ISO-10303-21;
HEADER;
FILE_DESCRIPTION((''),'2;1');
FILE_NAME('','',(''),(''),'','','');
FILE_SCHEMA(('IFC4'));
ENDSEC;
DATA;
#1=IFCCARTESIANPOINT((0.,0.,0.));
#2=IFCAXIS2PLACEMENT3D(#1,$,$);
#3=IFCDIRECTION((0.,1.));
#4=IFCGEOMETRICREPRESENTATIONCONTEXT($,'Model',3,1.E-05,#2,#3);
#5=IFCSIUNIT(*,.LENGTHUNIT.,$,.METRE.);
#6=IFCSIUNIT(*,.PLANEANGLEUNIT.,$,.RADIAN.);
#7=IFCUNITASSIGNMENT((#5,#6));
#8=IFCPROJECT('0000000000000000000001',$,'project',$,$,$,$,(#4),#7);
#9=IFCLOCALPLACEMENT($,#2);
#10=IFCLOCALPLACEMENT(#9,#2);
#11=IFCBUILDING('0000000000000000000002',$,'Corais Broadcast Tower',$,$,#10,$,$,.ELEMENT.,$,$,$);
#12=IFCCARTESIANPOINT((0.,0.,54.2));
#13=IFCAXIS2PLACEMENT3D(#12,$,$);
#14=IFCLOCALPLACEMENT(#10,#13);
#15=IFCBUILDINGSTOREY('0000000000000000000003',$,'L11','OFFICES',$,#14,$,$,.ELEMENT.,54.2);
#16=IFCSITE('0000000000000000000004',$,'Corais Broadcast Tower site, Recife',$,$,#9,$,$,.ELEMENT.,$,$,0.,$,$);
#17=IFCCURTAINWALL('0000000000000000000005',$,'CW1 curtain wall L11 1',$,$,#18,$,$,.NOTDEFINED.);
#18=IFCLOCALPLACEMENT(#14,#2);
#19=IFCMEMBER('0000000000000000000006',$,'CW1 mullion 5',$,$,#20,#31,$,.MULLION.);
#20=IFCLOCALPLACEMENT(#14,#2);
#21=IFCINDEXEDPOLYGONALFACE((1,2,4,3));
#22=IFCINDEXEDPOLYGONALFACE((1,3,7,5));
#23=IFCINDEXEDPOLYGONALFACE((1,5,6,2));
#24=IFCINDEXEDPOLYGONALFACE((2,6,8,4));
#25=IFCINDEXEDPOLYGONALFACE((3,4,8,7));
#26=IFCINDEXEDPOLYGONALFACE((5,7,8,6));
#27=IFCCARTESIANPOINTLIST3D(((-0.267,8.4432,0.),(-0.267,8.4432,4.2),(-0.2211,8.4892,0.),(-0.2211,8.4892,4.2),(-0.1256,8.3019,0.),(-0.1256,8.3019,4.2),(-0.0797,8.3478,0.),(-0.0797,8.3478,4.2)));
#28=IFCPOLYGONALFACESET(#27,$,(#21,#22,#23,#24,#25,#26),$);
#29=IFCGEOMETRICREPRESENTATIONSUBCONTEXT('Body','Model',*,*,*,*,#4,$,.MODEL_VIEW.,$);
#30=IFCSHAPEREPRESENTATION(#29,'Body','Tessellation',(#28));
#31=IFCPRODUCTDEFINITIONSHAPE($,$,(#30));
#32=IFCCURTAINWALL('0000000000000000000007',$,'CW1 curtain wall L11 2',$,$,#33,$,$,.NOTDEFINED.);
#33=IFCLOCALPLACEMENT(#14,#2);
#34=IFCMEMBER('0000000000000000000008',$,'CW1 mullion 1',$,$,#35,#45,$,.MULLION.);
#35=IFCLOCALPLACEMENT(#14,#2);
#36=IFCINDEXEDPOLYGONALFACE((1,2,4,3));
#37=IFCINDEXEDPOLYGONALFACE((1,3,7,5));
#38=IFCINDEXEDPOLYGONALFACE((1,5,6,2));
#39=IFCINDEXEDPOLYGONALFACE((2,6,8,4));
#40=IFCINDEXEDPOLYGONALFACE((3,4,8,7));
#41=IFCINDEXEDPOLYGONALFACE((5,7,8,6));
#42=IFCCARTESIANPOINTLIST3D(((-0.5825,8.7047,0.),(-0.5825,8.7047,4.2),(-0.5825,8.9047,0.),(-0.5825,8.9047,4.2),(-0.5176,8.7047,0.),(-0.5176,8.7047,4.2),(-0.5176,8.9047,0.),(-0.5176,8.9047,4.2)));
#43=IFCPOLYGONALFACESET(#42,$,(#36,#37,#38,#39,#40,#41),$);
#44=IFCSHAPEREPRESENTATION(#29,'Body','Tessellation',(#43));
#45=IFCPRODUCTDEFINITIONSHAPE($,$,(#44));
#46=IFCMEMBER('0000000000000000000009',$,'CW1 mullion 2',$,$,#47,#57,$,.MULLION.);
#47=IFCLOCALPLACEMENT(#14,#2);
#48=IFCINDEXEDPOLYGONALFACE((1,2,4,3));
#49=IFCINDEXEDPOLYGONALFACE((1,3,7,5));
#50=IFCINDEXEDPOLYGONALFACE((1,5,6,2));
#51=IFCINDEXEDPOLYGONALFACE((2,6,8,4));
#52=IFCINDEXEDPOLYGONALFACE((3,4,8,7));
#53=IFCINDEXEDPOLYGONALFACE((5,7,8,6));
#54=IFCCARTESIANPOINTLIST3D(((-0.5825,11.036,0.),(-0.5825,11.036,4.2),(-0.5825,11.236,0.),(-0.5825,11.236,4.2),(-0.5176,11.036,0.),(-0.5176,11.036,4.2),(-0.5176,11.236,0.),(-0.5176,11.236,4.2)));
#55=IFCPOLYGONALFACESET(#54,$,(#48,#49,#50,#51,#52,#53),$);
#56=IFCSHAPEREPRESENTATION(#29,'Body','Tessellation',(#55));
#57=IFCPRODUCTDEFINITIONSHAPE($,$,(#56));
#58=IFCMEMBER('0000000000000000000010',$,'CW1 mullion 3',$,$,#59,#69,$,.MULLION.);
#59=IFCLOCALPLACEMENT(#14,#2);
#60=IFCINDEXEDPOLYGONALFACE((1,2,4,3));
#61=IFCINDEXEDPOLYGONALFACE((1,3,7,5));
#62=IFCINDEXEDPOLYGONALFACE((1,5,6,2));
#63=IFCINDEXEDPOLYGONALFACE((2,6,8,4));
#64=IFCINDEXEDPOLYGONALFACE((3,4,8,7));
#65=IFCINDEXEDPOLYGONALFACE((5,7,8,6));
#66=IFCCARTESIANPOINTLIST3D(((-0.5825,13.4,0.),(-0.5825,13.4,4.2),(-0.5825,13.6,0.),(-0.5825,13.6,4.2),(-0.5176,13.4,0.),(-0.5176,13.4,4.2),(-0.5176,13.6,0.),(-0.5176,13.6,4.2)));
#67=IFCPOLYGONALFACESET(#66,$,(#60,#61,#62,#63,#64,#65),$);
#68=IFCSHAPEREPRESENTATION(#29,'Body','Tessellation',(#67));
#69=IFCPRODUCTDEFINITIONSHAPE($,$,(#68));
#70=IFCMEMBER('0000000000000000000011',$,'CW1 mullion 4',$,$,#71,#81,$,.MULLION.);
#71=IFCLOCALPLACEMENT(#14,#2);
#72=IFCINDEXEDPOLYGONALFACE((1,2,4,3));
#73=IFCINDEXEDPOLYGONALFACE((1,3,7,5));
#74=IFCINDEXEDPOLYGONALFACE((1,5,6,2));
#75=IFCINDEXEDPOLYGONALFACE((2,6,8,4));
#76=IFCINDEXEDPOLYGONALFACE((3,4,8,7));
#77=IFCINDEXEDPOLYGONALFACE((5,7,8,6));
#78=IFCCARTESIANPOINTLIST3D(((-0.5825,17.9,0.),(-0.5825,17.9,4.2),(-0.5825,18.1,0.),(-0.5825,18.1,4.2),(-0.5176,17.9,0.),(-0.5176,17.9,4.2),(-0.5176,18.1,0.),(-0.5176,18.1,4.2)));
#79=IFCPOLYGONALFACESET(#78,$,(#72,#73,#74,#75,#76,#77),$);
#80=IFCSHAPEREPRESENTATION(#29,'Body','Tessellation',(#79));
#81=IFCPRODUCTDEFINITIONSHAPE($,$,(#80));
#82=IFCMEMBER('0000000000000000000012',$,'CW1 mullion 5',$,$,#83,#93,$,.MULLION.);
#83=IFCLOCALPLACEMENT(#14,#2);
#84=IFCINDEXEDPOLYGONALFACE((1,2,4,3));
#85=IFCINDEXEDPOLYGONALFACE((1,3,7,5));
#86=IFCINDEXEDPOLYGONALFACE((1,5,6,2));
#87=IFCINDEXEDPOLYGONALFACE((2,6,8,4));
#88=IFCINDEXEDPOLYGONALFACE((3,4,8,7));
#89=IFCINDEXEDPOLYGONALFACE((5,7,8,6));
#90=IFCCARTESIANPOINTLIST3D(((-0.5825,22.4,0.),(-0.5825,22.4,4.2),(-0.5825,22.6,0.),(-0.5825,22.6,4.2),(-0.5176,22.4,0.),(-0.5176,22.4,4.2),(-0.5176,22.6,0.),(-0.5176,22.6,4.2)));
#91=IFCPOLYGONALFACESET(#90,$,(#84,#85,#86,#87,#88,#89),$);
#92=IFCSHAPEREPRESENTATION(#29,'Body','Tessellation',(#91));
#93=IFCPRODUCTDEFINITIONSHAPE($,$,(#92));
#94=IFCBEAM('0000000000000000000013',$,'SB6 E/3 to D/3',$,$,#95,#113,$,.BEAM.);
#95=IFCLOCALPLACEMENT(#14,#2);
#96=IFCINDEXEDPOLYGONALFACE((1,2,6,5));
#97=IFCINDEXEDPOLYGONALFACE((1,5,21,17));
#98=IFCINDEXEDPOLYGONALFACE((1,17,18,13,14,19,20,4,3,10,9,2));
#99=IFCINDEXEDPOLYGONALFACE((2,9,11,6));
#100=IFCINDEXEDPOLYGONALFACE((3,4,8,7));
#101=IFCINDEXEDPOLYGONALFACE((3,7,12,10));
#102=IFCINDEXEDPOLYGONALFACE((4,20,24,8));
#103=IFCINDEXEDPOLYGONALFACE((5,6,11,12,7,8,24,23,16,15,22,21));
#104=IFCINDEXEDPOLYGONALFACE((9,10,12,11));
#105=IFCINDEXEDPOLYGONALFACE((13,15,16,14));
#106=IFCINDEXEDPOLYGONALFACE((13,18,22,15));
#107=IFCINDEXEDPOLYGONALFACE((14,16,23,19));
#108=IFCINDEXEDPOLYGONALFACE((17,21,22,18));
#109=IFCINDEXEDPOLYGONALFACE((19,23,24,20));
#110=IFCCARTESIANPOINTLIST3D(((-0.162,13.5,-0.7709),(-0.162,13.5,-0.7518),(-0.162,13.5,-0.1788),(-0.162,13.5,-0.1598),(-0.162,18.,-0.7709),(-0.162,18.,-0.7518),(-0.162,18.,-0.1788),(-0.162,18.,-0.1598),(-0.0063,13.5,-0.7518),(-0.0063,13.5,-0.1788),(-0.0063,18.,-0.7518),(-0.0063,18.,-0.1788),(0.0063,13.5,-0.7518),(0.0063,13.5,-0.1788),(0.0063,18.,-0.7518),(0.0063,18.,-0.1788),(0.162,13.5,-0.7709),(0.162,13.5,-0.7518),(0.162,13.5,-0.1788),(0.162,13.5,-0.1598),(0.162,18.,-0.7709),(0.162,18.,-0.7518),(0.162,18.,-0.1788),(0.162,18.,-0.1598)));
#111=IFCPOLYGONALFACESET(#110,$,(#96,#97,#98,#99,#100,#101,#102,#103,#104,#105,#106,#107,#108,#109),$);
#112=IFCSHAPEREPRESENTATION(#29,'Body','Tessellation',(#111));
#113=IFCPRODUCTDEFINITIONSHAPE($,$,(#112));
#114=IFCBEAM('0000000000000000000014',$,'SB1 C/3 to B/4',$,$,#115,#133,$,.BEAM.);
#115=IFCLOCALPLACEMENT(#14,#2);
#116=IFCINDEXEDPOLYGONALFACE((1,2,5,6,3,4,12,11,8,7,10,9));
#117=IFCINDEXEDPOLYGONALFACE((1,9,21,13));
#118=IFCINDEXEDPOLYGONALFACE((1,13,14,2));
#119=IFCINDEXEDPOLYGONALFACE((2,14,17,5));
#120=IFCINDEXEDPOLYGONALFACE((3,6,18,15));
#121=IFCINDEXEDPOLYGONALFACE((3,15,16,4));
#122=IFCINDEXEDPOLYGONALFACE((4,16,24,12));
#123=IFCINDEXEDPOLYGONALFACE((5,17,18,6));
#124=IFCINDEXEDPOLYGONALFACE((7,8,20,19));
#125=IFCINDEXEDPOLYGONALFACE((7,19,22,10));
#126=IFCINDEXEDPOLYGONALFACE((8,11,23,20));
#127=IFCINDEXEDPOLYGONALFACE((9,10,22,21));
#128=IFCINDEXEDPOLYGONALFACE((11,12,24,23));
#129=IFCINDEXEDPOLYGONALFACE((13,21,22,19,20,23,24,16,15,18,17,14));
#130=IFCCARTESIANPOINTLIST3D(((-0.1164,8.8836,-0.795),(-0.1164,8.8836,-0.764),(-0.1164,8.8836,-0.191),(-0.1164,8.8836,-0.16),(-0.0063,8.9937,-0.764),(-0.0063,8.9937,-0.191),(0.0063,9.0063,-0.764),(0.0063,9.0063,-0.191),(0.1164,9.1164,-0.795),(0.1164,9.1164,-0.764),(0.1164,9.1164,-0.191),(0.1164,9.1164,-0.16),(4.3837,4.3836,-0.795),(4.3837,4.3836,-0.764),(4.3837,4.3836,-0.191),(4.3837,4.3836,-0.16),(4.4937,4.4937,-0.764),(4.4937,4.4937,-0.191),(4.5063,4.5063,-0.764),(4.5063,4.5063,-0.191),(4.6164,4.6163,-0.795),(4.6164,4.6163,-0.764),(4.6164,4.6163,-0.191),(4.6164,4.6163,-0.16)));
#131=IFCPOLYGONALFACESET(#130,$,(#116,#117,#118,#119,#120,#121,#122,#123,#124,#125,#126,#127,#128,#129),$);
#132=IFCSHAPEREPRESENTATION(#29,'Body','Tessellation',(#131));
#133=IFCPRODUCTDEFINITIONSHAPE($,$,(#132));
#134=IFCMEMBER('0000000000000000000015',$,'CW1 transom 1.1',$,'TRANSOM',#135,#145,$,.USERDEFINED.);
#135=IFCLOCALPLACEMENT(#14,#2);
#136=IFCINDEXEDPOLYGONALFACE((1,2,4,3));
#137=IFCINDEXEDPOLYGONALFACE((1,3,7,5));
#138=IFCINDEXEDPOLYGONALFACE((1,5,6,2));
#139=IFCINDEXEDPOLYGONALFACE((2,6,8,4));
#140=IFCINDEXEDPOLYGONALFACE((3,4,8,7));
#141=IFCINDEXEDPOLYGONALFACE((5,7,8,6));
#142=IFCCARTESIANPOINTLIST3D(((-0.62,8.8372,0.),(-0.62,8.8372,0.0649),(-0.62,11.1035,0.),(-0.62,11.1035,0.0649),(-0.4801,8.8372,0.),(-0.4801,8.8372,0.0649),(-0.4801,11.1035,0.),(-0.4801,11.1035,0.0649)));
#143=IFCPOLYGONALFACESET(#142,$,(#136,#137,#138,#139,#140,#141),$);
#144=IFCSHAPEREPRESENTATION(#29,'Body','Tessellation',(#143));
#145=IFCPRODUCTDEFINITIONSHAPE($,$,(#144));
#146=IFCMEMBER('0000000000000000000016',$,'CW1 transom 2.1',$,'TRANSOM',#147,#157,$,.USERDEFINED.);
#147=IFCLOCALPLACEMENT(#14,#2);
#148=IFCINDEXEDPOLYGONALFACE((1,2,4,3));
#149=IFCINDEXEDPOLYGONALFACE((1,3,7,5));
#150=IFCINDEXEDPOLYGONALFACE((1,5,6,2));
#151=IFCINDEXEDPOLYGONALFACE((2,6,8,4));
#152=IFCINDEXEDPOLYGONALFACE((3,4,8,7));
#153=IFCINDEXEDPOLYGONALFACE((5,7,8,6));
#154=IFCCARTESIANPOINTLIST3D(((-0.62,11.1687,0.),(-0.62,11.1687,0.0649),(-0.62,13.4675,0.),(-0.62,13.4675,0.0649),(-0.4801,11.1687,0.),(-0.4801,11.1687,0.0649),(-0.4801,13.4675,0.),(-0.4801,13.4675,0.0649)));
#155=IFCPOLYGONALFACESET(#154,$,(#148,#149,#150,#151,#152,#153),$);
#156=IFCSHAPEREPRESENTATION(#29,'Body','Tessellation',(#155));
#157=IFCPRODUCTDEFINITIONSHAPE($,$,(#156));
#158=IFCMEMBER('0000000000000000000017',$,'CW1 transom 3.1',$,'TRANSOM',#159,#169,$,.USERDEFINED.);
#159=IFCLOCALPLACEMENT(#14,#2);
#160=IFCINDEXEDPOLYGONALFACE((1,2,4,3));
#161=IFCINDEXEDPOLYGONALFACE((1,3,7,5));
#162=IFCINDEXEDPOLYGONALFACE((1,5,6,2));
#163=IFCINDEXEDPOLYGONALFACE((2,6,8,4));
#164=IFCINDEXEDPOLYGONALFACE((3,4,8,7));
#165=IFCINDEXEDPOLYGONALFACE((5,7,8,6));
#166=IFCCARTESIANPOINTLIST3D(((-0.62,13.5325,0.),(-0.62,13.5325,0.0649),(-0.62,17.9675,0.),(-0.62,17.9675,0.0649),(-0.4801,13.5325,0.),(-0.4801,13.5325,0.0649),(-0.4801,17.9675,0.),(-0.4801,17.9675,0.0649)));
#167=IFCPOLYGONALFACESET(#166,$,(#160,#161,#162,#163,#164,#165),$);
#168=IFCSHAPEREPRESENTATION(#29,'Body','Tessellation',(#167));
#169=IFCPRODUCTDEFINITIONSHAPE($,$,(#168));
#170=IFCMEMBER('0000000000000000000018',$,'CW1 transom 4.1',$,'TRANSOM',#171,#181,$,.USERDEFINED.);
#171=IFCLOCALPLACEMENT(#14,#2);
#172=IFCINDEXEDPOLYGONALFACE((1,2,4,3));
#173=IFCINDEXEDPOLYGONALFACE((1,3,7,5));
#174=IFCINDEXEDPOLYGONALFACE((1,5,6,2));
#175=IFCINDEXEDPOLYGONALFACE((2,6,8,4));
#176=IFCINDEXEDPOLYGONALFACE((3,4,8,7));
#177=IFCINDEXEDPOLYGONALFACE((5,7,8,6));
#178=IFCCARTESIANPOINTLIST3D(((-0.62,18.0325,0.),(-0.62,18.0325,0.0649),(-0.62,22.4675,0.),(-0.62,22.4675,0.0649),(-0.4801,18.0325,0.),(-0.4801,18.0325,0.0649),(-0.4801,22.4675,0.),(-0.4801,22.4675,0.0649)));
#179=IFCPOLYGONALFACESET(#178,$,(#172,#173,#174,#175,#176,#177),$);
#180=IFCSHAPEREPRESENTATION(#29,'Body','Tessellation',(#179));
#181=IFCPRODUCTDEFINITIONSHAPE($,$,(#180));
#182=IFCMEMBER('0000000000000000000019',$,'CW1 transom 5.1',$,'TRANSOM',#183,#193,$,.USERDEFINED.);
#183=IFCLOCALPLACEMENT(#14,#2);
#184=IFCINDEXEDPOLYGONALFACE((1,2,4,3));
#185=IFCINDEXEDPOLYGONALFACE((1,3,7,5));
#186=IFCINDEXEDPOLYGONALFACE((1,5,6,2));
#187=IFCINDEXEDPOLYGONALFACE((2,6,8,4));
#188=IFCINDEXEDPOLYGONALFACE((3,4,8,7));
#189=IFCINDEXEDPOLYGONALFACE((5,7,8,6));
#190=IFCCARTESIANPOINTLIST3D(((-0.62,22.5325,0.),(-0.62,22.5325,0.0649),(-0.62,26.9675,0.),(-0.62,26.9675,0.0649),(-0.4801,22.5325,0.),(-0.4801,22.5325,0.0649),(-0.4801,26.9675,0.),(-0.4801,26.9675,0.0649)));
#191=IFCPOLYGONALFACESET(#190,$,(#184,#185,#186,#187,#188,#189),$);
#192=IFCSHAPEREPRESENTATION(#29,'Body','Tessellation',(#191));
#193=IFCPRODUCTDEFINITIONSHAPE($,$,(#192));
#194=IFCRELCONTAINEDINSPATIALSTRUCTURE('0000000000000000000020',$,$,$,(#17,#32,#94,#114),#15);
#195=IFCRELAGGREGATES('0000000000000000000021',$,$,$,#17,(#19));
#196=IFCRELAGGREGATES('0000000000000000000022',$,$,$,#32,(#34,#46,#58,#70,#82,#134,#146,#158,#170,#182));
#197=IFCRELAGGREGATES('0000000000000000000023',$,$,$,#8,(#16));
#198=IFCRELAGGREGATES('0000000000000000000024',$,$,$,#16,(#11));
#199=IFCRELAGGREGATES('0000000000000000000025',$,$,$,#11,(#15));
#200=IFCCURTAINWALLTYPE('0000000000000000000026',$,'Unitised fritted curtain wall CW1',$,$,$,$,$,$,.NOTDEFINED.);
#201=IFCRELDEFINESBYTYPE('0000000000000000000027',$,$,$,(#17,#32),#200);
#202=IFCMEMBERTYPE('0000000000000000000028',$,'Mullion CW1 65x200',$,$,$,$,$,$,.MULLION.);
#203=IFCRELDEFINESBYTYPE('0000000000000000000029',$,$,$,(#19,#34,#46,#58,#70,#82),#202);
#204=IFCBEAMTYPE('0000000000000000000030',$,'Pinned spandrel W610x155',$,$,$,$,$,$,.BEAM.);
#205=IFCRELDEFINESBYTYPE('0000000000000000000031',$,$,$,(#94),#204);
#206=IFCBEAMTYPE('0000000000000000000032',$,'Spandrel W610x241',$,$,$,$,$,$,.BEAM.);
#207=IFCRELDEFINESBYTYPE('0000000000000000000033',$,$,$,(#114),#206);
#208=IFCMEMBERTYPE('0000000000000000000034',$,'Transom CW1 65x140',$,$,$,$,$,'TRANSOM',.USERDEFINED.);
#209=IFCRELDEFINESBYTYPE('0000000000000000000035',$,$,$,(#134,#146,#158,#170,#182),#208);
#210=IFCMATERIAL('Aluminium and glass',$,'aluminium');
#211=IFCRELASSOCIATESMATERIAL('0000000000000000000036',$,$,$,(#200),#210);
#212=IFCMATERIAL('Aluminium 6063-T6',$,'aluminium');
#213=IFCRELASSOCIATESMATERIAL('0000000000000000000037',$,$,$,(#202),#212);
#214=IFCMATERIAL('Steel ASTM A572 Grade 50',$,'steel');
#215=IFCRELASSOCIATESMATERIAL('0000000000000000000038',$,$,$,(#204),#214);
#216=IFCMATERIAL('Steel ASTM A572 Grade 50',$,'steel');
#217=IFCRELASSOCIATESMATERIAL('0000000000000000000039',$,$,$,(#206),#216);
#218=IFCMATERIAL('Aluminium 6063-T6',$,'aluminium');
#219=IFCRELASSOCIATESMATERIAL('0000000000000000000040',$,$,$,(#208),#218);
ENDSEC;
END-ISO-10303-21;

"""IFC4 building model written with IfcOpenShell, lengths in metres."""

from ifc_helpers import new_model, si_unit, direction, frame, origin, origin_2d, place, context, subcontext, project, spatial, rectangle, i_section, extrude, material, material_profile, profile_set, type_object, element, aggregate, save


model = new_model("IFC4")

# Units and contexts
model_context = context("Model", 3, precision=1e-05, world=origin(), true_north=direction((0.0, 1.0)))
body_context = subcontext(model_context, "Body", "Model", "MODEL_VIEW")
ifc_project = project(units=[si_unit("LENGTHUNIT", "METRE"), si_unit("PLANEANGLEUNIT", "RADIAN")], contexts=[model_context])

# Site, building, storey
site_placement = place(None, origin())
site = spatial("IfcSite", under=ifc_project, at=site_placement, Name="Corais Broadcast Tower site, Recife", CompositionType="ELEMENT", RefElevation=0.0)
building_placement = place(site_placement, origin())
building = spatial("IfcBuilding", under=site, at=building_placement, Name="Corais Broadcast Tower", CompositionType="ELEMENT")
storey_placement = place(building_placement, frame((0.0, 0.0, 54.2)))
storey = spatial("IfcBuildingStorey", under=building, at=storey_placement, Name="L11", Description="OFFICES", CompositionType="ELEMENT", Elevation=54.2)

# Curtain wall, member
ifc_material_1 = material(Name="Aluminium and glass", Category="aluminium")
curtain_wall_type = type_object("IfcCurtainWallType", Name="Unitised fritted curtain wall CW1", PredefinedType="NOTDEFINED", material=ifc_material_1)
curtain_wall_1_placement = place(storey_placement, origin())
curtain_wall_1 = element("IfcCurtainWall", 1, at=curtain_wall_1_placement, inside=storey, type_object=curtain_wall_type, Name="CW1 curtain wall L11 1", PredefinedType="NOTDEFINED")
ifc_material_2 = material(Name="Aluminium 6063-T6", Category="aluminium")
ifc_material_profile_1 = material_profile(ifc_material_2, rectangle(XDim=0.0649, YDim=0.2, at=origin_2d()), Name="Mullion CW1 65x200")
ifc_profile_set_1 = profile_set([ifc_material_profile_1], Name="Aluminium 6063-T6")
member_type_1 = type_object("IfcMemberType", Name="Mullion CW1 65x200", PredefinedType="MULLION", material=ifc_profile_set_1)
member_1_placement = place(storey_placement, frame((-0.1733, 8.3955, 0.0), z_axis=(0.0, 0.0, 1.0), x_axis=(-0.707107, -0.707107, 0.0)))
member_1 = element("IfcMember", 2, at=member_1_placement, type_object=member_type_1, Name="CW1 mullion 5", PredefinedType="MULLION", context=body_context, shape_type="SweptSolid", body=[
    extrude(rectangle(XDim=0.0649, YDim=0.2, at=origin_2d()), origin(), (0.0, 0.0, 1.0), 4.2),
])
aggregate(curtain_wall_1, [member_1])

# Curtain wall, members
curtain_wall_2_placement = place(storey_placement, origin())
curtain_wall_2 = element("IfcCurtainWall", 3, at=curtain_wall_2_placement, inside=storey, type_object=curtain_wall_type, Name="CW1 curtain wall L11 2", PredefinedType="NOTDEFINED")
member_2_placement = place(storey_placement, frame((-0.55, 8.8047, 0.0), z_axis=(0.0, 0.0, 1.0), x_axis=(-1.0, 0.0, 0.0)))
member_2 = element("IfcMember", 4, at=member_2_placement, type_object=member_type_1, Name="CW1 mullion 1", PredefinedType="MULLION", context=body_context, shape_type="SweptSolid", body=[
    extrude(rectangle(XDim=0.0649, YDim=0.2, at=origin_2d()), origin(), (0.0, 0.0, 1.0), 4.2),
])
member_3_placement = place(storey_placement, frame((-0.55, 11.136, 0.0), z_axis=(0.0, 0.0, 1.0), x_axis=(-1.0, 0.0, 0.0)))
member_3 = element("IfcMember", 5, at=member_3_placement, type_object=member_type_1, Name="CW1 mullion 2", PredefinedType="MULLION", context=body_context, shape_type="SweptSolid", body=[
    extrude(rectangle(XDim=0.0649, YDim=0.2, at=origin_2d()), origin(), (0.0, 0.0, 1.0), 4.2),
])
member_4_placement = place(storey_placement, frame((-0.55, 13.5, 0.0), z_axis=(0.0, 0.0, 1.0), x_axis=(-1.0, 0.0, 0.0)))
member_4 = element("IfcMember", 6, at=member_4_placement, type_object=member_type_1, Name="CW1 mullion 3", PredefinedType="MULLION", context=body_context, shape_type="SweptSolid", body=[
    extrude(rectangle(XDim=0.0649, YDim=0.2, at=origin_2d()), origin(), (0.0, 0.0, 1.0), 4.2),
])
member_5_placement = place(storey_placement, frame((-0.55, 18.0, 0.0), z_axis=(0.0, 0.0, 1.0), x_axis=(-1.0, 0.0, 0.0)))
member_5 = element("IfcMember", 7, at=member_5_placement, type_object=member_type_1, Name="CW1 mullion 4", PredefinedType="MULLION", context=body_context, shape_type="SweptSolid", body=[
    extrude(rectangle(XDim=0.0649, YDim=0.2, at=origin_2d()), origin(), (0.0, 0.0, 1.0), 4.2),
])
member_6_placement = place(storey_placement, frame((-0.55, 22.5, 0.0), z_axis=(0.0, 0.0, 1.0), x_axis=(-1.0, 0.0, 0.0)))
member_6 = element("IfcMember", 8, at=member_6_placement, type_object=member_type_1, Name="CW1 mullion 5", PredefinedType="MULLION", context=body_context, shape_type="SweptSolid", body=[
    extrude(rectangle(XDim=0.0649, YDim=0.2, at=origin_2d()), origin(), (0.0, 0.0, 1.0), 4.2),
])

# Beams
ifc_material_3 = material(Name="Steel ASTM A572 Grade 50", Category="steel")
ifc_material_profile_2 = material_profile(ifc_material_3, i_section(OverallWidth=0.324, OverallDepth=0.6111, WebThickness=0.0127, FlangeThickness=0.019, at=origin_2d()), Name="W610x155")
ifc_profile_set_2 = profile_set([ifc_material_profile_2], Name="Steel ASTM A572 Grade 50")
beam_type_1 = type_object("IfcBeamType", Name="Pinned spandrel W610x155", PredefinedType="BEAM", material=ifc_profile_set_2)
beam_1_placement = place(storey_placement, frame((0.0, 18.0, -0.4653), z_axis=(0.0, -1.0, 0.0), x_axis=(1.0, 0.0, 0.0)))
element("IfcBeam", 9, at=beam_1_placement, inside=storey, type_object=beam_type_1, Name="SB6 E/3 to D/3", PredefinedType="BEAM", context=body_context, shape_type="SweptSolid", body=[
    extrude(i_section(OverallWidth=0.324, OverallDepth=0.6111, WebThickness=0.0127, FlangeThickness=0.019, at=origin_2d()), origin(), (0.0, 0.0, 1.0), 4.5),
])
ifc_material_4 = material(Name="Steel ASTM A572 Grade 50", Category="steel")
ifc_material_profile_3 = material_profile(ifc_material_4, i_section(OverallWidth=0.3291, OverallDepth=0.635, WebThickness=0.0178, FlangeThickness=0.031, at=origin_2d()), Name="W610x241")
ifc_profile_set_3 = profile_set([ifc_material_profile_3], Name="Steel ASTM A572 Grade 50")
beam_type_2 = type_object("IfcBeamType", Name="Spandrel W610x241", PredefinedType="BEAM", material=ifc_profile_set_3)
beam_2_placement = place(storey_placement, frame((0.0, 9.0, -0.4775), z_axis=(0.707107, -0.707107, 0.0), x_axis=(0.707107, 0.707107, 0.0)))
element("IfcBeam", 10, at=beam_2_placement, inside=storey, type_object=beam_type_2, Name="SB1 C/3 to B/4", PredefinedType="BEAM", context=body_context, shape_type="SweptSolid", body=[
    extrude(i_section(OverallWidth=0.3291, OverallDepth=0.635, WebThickness=0.0178, FlangeThickness=0.031, at=origin_2d()), origin(), (0.0, 0.0, 1.0), 6.364),
])

# Members
ifc_material_5 = material(Name="Aluminium 6063-T6", Category="aluminium")
ifc_material_profile_4 = material_profile(ifc_material_5, rectangle(XDim=0.1399, YDim=0.0649, at=origin_2d()), Name="Transom CW1 65x140")
ifc_profile_set_4 = profile_set([ifc_material_profile_4], Name="Aluminium 6063-T6")
member_type_2 = type_object("IfcMemberType", Name="Transom CW1 65x140", ElementType="TRANSOM", PredefinedType="USERDEFINED", material=ifc_profile_set_4)
member_7_placement = place(storey_placement, frame((-0.55, 8.8372, 0.0325), z_axis=(0.0, 1.0, 0.0), x_axis=(-1.0, 0.0, 0.0)))
member_7 = element("IfcMember", 11, at=member_7_placement, type_object=member_type_2, Name="CW1 transom 1.1", ObjectType="TRANSOM", PredefinedType="USERDEFINED", context=body_context, shape_type="SweptSolid", body=[
    extrude(rectangle(XDim=0.1399, YDim=0.0649, at=origin_2d()), origin(), (0.0, 0.0, 1.0), 2.2664),
])
member_8_placement = place(storey_placement, frame((-0.55, 11.1687, 0.0325), z_axis=(0.0, 1.0, 0.0), x_axis=(-1.0, 0.0, 0.0)))
member_8 = element("IfcMember", 12, at=member_8_placement, type_object=member_type_2, Name="CW1 transom 2.1", ObjectType="TRANSOM", PredefinedType="USERDEFINED", context=body_context, shape_type="SweptSolid", body=[
    extrude(rectangle(XDim=0.1399, YDim=0.0649, at=origin_2d()), origin(), (0.0, 0.0, 1.0), 2.2988),
])
member_9_placement = place(storey_placement, frame((-0.55, 13.5325, 0.0325), z_axis=(0.0, 1.0, 0.0), x_axis=(-1.0, 0.0, 0.0)))
member_9 = element("IfcMember", 13, at=member_9_placement, type_object=member_type_2, Name="CW1 transom 3.1", ObjectType="TRANSOM", PredefinedType="USERDEFINED", context=body_context, shape_type="SweptSolid", body=[
    extrude(rectangle(XDim=0.1399, YDim=0.0649, at=origin_2d()), origin(), (0.0, 0.0, 1.0), 4.4351),
])
member_10_placement = place(storey_placement, frame((-0.55, 18.0325, 0.0325), z_axis=(0.0, 1.0, 0.0), x_axis=(-1.0, 0.0, 0.0)))
member_10 = element("IfcMember", 14, at=member_10_placement, type_object=member_type_2, Name="CW1 transom 4.1", ObjectType="TRANSOM", PredefinedType="USERDEFINED", context=body_context, shape_type="SweptSolid", body=[
    extrude(rectangle(XDim=0.1399, YDim=0.0649, at=origin_2d()), origin(), (0.0, 0.0, 1.0), 4.4351),
])
member_11_placement = place(storey_placement, frame((-0.55, 22.5325, 0.0325), z_axis=(0.0, 1.0, 0.0), x_axis=(-1.0, 0.0, 0.0)))
member_11 = element("IfcMember", 15, at=member_11_placement, type_object=member_type_2, Name="CW1 transom 5.1", ObjectType="TRANSOM", PredefinedType="USERDEFINED", context=body_context, shape_type="SweptSolid", body=[
    extrude(rectangle(XDim=0.1399, YDim=0.0649, at=origin_2d()), origin(), (0.0, 0.0, 1.0), 4.4351),
])

aggregate(curtain_wall_2, [member_2, member_3, member_4, member_5, member_6, member_7, member_8, member_9, member_10, member_11])

save(model, "model.ifc")
